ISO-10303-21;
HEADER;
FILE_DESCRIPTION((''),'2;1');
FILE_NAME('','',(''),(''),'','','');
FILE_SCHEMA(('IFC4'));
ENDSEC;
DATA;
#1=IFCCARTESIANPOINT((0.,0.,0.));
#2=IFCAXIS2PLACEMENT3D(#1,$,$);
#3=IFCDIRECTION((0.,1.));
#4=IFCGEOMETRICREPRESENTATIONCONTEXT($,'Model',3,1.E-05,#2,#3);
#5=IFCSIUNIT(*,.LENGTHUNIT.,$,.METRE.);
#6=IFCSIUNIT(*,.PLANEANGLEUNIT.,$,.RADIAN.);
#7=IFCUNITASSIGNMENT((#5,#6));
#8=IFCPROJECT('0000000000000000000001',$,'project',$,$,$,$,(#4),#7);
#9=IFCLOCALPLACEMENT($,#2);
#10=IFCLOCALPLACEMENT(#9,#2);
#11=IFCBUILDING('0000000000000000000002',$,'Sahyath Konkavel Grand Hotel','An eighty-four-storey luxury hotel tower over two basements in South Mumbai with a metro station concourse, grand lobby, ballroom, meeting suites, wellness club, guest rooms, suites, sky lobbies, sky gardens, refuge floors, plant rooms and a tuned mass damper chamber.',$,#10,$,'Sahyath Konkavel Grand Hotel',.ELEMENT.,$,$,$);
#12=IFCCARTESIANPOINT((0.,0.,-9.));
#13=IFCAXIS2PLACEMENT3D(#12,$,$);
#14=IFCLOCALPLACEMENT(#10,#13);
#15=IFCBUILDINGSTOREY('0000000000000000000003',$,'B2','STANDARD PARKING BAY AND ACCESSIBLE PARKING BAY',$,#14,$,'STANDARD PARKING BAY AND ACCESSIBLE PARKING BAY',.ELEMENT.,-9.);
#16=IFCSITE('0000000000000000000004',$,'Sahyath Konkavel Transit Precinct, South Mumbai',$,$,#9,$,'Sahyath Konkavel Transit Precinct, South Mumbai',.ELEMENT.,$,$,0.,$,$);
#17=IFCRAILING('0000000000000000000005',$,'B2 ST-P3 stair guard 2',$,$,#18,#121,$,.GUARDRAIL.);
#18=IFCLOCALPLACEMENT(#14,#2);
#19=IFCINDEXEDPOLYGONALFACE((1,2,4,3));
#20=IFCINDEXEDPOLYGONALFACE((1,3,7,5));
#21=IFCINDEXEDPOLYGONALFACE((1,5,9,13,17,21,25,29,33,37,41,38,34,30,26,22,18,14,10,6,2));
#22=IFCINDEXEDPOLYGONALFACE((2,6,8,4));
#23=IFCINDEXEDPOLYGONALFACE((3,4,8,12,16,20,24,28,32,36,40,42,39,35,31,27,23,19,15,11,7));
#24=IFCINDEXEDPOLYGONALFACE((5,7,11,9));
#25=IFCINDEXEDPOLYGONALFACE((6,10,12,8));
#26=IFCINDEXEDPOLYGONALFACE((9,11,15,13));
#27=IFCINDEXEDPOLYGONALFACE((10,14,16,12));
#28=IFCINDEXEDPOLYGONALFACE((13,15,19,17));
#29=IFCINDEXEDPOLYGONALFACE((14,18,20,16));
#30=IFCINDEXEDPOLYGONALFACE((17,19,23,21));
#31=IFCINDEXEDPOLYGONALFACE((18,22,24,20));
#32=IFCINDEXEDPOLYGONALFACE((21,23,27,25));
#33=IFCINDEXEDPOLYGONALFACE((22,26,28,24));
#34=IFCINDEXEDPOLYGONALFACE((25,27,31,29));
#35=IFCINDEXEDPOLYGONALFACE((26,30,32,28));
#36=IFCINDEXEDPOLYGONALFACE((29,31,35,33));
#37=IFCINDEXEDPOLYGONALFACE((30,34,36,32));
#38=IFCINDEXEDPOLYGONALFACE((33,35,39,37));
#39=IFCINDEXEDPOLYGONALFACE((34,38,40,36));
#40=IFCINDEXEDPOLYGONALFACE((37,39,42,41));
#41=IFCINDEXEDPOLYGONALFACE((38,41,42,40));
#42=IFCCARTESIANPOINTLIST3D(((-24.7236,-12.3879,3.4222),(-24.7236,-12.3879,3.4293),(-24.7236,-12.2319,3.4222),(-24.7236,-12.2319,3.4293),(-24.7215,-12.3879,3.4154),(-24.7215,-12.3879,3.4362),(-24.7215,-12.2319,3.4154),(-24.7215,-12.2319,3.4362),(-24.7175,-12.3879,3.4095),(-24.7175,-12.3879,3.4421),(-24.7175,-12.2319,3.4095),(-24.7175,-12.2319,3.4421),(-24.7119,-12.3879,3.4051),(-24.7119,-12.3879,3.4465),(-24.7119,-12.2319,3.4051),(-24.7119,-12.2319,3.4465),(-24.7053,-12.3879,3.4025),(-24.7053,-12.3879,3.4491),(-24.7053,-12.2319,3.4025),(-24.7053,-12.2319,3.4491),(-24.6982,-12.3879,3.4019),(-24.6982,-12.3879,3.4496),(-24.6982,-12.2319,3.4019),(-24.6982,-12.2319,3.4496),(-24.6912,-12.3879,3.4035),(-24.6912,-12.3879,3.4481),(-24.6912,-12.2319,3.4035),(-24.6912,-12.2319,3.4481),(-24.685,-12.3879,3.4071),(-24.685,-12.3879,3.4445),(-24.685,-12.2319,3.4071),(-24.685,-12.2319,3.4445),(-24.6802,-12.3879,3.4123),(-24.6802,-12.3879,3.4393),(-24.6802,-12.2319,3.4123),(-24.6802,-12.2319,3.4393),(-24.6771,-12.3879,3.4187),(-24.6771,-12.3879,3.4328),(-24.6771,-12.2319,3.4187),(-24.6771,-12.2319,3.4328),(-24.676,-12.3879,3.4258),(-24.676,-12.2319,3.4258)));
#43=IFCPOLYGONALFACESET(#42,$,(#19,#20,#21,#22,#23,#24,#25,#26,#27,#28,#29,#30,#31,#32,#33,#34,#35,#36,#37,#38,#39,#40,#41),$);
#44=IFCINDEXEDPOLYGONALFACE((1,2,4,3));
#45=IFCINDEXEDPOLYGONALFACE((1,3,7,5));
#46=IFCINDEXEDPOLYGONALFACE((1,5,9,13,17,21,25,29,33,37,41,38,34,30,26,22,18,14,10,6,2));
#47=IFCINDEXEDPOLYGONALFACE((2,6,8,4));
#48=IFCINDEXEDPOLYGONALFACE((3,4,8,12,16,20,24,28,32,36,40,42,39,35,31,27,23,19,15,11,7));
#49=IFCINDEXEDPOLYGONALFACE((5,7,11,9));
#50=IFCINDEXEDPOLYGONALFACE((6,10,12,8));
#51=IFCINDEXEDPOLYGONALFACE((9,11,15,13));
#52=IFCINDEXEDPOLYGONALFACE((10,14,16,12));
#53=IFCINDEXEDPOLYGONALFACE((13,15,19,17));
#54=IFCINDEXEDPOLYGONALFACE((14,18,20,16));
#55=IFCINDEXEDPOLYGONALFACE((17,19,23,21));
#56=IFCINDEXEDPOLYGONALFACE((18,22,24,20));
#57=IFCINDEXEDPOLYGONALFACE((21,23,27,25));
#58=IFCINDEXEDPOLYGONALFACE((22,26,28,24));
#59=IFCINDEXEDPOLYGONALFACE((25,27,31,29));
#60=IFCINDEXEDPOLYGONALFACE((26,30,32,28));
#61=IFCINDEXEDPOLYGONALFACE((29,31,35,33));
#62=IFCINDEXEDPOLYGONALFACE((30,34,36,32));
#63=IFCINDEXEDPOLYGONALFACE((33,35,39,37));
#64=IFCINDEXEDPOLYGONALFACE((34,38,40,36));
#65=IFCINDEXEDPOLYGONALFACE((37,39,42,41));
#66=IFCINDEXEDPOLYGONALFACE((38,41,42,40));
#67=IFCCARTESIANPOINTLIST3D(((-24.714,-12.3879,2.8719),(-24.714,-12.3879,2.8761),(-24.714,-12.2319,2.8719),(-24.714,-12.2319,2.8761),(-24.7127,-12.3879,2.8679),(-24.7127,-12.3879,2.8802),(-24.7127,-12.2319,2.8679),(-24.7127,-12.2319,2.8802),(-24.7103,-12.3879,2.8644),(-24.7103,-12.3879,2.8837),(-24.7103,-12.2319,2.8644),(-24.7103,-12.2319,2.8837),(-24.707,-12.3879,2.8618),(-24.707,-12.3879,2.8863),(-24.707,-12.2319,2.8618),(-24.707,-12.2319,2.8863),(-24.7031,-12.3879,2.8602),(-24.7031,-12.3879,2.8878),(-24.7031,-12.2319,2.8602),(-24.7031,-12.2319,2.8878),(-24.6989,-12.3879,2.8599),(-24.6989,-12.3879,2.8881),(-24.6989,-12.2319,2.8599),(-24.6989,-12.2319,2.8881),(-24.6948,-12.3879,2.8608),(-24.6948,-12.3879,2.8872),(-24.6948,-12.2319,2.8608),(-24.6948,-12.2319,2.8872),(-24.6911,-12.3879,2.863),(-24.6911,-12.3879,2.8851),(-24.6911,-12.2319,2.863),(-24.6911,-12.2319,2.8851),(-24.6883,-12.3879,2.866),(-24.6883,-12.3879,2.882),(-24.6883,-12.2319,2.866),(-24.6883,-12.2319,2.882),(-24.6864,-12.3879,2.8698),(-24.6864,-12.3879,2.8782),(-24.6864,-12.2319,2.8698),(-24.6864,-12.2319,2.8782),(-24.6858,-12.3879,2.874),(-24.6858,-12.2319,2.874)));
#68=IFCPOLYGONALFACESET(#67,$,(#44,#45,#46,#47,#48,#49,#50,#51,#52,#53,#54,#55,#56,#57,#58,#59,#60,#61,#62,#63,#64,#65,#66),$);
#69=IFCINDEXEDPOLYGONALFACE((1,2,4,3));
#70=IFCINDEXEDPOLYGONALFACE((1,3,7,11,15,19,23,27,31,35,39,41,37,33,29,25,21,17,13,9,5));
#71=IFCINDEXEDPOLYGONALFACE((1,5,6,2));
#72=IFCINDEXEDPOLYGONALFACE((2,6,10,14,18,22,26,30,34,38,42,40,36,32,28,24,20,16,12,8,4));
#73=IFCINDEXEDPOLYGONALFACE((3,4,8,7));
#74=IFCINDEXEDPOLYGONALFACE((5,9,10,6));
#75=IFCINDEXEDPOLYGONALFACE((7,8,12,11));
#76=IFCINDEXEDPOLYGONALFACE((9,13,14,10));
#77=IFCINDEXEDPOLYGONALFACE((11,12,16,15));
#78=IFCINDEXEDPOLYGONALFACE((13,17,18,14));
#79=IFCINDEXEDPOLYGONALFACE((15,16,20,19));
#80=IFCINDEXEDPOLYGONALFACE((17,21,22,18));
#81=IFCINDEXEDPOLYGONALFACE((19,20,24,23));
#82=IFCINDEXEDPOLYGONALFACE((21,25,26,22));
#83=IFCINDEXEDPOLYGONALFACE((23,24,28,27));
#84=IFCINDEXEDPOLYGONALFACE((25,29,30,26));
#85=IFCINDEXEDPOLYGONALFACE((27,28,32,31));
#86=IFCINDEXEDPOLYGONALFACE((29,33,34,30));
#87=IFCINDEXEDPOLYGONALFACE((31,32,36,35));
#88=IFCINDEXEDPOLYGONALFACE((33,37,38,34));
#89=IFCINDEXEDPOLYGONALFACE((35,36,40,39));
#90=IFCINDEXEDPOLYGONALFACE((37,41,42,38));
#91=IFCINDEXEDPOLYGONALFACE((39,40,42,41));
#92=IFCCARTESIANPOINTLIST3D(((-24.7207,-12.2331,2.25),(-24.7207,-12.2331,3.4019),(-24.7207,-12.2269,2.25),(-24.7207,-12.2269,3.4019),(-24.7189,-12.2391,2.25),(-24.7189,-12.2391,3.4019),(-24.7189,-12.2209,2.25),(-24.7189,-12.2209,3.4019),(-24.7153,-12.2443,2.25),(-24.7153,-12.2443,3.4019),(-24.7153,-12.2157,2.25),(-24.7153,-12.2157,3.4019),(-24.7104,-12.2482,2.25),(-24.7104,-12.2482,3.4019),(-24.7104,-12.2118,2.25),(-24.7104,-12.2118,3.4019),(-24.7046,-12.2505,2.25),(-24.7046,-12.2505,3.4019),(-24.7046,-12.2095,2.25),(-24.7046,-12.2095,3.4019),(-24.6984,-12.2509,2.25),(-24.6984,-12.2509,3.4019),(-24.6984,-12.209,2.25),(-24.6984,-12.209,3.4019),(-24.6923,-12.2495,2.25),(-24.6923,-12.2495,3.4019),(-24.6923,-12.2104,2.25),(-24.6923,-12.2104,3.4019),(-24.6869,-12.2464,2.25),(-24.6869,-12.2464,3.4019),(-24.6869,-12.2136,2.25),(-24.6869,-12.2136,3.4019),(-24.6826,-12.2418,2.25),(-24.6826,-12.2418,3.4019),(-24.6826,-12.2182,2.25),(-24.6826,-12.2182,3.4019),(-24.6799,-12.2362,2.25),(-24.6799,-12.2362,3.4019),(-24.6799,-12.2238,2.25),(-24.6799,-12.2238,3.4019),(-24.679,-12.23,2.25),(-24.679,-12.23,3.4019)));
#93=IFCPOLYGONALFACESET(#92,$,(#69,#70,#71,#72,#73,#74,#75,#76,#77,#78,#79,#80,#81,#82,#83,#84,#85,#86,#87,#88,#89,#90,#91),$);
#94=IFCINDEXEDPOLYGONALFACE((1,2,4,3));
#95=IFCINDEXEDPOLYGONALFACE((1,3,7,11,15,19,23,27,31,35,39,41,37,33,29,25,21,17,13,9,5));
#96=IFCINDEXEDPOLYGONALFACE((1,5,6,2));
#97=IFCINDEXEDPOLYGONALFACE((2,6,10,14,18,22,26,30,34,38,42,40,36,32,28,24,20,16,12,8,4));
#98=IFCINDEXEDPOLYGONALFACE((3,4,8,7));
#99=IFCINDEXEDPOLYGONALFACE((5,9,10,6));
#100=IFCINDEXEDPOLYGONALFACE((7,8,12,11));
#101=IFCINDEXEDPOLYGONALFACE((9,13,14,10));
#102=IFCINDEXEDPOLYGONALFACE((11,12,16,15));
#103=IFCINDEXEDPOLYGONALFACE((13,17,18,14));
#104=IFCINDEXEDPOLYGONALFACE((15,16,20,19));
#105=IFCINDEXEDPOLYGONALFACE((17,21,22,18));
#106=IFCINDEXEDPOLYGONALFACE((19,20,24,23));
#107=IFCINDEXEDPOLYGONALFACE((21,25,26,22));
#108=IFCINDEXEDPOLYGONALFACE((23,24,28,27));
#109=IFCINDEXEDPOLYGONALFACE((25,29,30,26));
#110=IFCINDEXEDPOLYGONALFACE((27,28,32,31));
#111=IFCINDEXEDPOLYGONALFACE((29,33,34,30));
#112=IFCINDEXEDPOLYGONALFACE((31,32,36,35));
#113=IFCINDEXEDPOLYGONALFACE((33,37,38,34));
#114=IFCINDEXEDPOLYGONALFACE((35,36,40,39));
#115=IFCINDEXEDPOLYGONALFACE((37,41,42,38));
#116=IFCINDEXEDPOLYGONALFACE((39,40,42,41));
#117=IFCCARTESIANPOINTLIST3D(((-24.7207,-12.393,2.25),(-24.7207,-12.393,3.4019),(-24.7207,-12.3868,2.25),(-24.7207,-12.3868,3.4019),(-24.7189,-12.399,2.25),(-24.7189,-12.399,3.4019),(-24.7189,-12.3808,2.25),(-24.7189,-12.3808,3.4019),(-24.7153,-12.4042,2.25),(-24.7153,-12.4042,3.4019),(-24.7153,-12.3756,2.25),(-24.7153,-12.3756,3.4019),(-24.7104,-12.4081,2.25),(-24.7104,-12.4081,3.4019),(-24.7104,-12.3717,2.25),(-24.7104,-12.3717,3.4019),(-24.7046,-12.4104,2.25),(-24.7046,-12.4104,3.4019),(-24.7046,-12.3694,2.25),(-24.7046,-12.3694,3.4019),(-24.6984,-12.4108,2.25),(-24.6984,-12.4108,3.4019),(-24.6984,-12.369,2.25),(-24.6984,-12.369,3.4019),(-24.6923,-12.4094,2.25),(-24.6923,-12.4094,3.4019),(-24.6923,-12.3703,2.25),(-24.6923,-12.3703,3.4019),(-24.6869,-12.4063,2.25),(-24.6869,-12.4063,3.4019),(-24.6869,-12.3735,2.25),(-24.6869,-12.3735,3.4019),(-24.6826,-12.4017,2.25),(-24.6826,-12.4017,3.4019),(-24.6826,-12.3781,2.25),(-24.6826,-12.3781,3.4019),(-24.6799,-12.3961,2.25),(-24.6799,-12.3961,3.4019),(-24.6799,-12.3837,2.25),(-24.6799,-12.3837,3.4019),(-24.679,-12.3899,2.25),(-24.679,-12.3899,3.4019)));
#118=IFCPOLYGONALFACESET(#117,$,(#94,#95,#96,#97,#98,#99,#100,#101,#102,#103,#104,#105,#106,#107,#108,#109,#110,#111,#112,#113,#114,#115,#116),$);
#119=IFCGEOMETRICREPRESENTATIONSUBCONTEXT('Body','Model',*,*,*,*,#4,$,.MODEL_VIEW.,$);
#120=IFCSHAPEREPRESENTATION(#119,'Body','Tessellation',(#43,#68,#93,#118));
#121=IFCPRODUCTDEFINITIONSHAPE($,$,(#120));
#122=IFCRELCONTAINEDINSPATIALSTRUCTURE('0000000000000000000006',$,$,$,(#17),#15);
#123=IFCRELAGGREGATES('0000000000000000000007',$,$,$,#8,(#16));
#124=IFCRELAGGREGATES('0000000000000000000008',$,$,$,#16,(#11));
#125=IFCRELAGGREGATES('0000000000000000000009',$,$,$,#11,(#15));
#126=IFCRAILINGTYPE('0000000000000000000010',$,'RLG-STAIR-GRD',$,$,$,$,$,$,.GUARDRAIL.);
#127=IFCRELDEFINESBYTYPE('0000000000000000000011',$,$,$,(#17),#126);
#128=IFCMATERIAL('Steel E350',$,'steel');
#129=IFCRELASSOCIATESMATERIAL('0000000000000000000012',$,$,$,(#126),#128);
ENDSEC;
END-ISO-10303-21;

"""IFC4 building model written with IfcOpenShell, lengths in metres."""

from ifc_helpers import new_model, si_unit, direction, frame, origin, origin_2d, place, context, subcontext, project, spatial, circle, extrude, material, type_object, element, save


model = new_model("IFC4")

# Units and contexts
model_context = context("Model", 3, precision=1e-05, world=origin(), true_north=direction((0.0, 1.0)))
body_context = subcontext(model_context, "Body", "Model", "MODEL_VIEW")
ifc_project = project(units=[si_unit("LENGTHUNIT", "METRE"), si_unit("PLANEANGLEUNIT", "RADIAN")], contexts=[model_context])

# Site, building, storey
site_placement = place(None, origin())
site = spatial("IfcSite", under=ifc_project, at=site_placement, Name="Sahyath Konkavel Transit Precinct, South Mumbai", LongName="Sahyath Konkavel Transit Precinct, South Mumbai", CompositionType="ELEMENT", RefElevation=0.0)
building_placement = place(site_placement, origin())
building = spatial("IfcBuilding", under=site, at=building_placement, Name="Sahyath Konkavel Grand Hotel", Description="An eighty-four-storey luxury hotel tower over two basements in South Mumbai with a metro station concourse, grand lobby, ballroom, meeting suites, wellness club, guest rooms, suites, sky lobbies, sky gardens, refuge floors, plant rooms and a tuned mass damper chamber.", LongName="Sahyath Konkavel Grand Hotel", CompositionType="ELEMENT")
storey_placement = place(building_placement, frame((0.0, 0.0, -9.0)))
storey = spatial("IfcBuildingStorey", under=building, at=storey_placement, Name="B2", Description="STANDARD PARKING BAY AND ACCESSIBLE PARKING BAY", LongName="STANDARD PARKING BAY AND ACCESSIBLE PARKING BAY", CompositionType="ELEMENT", Elevation=-9.0)

# Shared definitions
ifc_material_1 = material(Name="Steel E350", Category="steel")

# Railing
railing_type_1 = type_object("IfcRailingType", Name="RLG-STAIR-GRD", PredefinedType="GUARDRAIL", material=ifc_material_1)
railing_1_placement = place(storey_placement, frame((-24.7, -12.23, 2.25)))
element("IfcRailing", 1, at=railing_1_placement, inside=storey, type_object=railing_type_1, Name="B2 ST-P3 stair guard 2", PredefinedType="GUARDRAIL", context=body_context, shape_type="SweptSolid", body=[
    extrude(circle(Radius=0.0239, at=origin_2d()), frame((0.0, -0.002, 1.1758), z_axis=(0.0, -1.0, 0.0), x_axis=(1.0, 0.0, 0.0)), (0.0, 0.0, 1.0), 0.156),
    extrude(circle(Radius=0.0142, at=origin_2d()), frame((0.0, -0.002, 0.624), z_axis=(0.0, -1.0, 0.0), x_axis=(1.0, 0.0, 0.0)), (0.0, 0.0, 1.0), 0.156),
    extrude(circle(Radius=0.021, at=origin_2d()), origin(), (0.0, 0.0, 1.0), 1.1519),
    extrude(circle(Radius=0.021, at=origin_2d()), frame((0.0, -0.1599, 0.0)), (0.0, 0.0, 1.0), 1.1519),
])

save(model, "model.ifc")
